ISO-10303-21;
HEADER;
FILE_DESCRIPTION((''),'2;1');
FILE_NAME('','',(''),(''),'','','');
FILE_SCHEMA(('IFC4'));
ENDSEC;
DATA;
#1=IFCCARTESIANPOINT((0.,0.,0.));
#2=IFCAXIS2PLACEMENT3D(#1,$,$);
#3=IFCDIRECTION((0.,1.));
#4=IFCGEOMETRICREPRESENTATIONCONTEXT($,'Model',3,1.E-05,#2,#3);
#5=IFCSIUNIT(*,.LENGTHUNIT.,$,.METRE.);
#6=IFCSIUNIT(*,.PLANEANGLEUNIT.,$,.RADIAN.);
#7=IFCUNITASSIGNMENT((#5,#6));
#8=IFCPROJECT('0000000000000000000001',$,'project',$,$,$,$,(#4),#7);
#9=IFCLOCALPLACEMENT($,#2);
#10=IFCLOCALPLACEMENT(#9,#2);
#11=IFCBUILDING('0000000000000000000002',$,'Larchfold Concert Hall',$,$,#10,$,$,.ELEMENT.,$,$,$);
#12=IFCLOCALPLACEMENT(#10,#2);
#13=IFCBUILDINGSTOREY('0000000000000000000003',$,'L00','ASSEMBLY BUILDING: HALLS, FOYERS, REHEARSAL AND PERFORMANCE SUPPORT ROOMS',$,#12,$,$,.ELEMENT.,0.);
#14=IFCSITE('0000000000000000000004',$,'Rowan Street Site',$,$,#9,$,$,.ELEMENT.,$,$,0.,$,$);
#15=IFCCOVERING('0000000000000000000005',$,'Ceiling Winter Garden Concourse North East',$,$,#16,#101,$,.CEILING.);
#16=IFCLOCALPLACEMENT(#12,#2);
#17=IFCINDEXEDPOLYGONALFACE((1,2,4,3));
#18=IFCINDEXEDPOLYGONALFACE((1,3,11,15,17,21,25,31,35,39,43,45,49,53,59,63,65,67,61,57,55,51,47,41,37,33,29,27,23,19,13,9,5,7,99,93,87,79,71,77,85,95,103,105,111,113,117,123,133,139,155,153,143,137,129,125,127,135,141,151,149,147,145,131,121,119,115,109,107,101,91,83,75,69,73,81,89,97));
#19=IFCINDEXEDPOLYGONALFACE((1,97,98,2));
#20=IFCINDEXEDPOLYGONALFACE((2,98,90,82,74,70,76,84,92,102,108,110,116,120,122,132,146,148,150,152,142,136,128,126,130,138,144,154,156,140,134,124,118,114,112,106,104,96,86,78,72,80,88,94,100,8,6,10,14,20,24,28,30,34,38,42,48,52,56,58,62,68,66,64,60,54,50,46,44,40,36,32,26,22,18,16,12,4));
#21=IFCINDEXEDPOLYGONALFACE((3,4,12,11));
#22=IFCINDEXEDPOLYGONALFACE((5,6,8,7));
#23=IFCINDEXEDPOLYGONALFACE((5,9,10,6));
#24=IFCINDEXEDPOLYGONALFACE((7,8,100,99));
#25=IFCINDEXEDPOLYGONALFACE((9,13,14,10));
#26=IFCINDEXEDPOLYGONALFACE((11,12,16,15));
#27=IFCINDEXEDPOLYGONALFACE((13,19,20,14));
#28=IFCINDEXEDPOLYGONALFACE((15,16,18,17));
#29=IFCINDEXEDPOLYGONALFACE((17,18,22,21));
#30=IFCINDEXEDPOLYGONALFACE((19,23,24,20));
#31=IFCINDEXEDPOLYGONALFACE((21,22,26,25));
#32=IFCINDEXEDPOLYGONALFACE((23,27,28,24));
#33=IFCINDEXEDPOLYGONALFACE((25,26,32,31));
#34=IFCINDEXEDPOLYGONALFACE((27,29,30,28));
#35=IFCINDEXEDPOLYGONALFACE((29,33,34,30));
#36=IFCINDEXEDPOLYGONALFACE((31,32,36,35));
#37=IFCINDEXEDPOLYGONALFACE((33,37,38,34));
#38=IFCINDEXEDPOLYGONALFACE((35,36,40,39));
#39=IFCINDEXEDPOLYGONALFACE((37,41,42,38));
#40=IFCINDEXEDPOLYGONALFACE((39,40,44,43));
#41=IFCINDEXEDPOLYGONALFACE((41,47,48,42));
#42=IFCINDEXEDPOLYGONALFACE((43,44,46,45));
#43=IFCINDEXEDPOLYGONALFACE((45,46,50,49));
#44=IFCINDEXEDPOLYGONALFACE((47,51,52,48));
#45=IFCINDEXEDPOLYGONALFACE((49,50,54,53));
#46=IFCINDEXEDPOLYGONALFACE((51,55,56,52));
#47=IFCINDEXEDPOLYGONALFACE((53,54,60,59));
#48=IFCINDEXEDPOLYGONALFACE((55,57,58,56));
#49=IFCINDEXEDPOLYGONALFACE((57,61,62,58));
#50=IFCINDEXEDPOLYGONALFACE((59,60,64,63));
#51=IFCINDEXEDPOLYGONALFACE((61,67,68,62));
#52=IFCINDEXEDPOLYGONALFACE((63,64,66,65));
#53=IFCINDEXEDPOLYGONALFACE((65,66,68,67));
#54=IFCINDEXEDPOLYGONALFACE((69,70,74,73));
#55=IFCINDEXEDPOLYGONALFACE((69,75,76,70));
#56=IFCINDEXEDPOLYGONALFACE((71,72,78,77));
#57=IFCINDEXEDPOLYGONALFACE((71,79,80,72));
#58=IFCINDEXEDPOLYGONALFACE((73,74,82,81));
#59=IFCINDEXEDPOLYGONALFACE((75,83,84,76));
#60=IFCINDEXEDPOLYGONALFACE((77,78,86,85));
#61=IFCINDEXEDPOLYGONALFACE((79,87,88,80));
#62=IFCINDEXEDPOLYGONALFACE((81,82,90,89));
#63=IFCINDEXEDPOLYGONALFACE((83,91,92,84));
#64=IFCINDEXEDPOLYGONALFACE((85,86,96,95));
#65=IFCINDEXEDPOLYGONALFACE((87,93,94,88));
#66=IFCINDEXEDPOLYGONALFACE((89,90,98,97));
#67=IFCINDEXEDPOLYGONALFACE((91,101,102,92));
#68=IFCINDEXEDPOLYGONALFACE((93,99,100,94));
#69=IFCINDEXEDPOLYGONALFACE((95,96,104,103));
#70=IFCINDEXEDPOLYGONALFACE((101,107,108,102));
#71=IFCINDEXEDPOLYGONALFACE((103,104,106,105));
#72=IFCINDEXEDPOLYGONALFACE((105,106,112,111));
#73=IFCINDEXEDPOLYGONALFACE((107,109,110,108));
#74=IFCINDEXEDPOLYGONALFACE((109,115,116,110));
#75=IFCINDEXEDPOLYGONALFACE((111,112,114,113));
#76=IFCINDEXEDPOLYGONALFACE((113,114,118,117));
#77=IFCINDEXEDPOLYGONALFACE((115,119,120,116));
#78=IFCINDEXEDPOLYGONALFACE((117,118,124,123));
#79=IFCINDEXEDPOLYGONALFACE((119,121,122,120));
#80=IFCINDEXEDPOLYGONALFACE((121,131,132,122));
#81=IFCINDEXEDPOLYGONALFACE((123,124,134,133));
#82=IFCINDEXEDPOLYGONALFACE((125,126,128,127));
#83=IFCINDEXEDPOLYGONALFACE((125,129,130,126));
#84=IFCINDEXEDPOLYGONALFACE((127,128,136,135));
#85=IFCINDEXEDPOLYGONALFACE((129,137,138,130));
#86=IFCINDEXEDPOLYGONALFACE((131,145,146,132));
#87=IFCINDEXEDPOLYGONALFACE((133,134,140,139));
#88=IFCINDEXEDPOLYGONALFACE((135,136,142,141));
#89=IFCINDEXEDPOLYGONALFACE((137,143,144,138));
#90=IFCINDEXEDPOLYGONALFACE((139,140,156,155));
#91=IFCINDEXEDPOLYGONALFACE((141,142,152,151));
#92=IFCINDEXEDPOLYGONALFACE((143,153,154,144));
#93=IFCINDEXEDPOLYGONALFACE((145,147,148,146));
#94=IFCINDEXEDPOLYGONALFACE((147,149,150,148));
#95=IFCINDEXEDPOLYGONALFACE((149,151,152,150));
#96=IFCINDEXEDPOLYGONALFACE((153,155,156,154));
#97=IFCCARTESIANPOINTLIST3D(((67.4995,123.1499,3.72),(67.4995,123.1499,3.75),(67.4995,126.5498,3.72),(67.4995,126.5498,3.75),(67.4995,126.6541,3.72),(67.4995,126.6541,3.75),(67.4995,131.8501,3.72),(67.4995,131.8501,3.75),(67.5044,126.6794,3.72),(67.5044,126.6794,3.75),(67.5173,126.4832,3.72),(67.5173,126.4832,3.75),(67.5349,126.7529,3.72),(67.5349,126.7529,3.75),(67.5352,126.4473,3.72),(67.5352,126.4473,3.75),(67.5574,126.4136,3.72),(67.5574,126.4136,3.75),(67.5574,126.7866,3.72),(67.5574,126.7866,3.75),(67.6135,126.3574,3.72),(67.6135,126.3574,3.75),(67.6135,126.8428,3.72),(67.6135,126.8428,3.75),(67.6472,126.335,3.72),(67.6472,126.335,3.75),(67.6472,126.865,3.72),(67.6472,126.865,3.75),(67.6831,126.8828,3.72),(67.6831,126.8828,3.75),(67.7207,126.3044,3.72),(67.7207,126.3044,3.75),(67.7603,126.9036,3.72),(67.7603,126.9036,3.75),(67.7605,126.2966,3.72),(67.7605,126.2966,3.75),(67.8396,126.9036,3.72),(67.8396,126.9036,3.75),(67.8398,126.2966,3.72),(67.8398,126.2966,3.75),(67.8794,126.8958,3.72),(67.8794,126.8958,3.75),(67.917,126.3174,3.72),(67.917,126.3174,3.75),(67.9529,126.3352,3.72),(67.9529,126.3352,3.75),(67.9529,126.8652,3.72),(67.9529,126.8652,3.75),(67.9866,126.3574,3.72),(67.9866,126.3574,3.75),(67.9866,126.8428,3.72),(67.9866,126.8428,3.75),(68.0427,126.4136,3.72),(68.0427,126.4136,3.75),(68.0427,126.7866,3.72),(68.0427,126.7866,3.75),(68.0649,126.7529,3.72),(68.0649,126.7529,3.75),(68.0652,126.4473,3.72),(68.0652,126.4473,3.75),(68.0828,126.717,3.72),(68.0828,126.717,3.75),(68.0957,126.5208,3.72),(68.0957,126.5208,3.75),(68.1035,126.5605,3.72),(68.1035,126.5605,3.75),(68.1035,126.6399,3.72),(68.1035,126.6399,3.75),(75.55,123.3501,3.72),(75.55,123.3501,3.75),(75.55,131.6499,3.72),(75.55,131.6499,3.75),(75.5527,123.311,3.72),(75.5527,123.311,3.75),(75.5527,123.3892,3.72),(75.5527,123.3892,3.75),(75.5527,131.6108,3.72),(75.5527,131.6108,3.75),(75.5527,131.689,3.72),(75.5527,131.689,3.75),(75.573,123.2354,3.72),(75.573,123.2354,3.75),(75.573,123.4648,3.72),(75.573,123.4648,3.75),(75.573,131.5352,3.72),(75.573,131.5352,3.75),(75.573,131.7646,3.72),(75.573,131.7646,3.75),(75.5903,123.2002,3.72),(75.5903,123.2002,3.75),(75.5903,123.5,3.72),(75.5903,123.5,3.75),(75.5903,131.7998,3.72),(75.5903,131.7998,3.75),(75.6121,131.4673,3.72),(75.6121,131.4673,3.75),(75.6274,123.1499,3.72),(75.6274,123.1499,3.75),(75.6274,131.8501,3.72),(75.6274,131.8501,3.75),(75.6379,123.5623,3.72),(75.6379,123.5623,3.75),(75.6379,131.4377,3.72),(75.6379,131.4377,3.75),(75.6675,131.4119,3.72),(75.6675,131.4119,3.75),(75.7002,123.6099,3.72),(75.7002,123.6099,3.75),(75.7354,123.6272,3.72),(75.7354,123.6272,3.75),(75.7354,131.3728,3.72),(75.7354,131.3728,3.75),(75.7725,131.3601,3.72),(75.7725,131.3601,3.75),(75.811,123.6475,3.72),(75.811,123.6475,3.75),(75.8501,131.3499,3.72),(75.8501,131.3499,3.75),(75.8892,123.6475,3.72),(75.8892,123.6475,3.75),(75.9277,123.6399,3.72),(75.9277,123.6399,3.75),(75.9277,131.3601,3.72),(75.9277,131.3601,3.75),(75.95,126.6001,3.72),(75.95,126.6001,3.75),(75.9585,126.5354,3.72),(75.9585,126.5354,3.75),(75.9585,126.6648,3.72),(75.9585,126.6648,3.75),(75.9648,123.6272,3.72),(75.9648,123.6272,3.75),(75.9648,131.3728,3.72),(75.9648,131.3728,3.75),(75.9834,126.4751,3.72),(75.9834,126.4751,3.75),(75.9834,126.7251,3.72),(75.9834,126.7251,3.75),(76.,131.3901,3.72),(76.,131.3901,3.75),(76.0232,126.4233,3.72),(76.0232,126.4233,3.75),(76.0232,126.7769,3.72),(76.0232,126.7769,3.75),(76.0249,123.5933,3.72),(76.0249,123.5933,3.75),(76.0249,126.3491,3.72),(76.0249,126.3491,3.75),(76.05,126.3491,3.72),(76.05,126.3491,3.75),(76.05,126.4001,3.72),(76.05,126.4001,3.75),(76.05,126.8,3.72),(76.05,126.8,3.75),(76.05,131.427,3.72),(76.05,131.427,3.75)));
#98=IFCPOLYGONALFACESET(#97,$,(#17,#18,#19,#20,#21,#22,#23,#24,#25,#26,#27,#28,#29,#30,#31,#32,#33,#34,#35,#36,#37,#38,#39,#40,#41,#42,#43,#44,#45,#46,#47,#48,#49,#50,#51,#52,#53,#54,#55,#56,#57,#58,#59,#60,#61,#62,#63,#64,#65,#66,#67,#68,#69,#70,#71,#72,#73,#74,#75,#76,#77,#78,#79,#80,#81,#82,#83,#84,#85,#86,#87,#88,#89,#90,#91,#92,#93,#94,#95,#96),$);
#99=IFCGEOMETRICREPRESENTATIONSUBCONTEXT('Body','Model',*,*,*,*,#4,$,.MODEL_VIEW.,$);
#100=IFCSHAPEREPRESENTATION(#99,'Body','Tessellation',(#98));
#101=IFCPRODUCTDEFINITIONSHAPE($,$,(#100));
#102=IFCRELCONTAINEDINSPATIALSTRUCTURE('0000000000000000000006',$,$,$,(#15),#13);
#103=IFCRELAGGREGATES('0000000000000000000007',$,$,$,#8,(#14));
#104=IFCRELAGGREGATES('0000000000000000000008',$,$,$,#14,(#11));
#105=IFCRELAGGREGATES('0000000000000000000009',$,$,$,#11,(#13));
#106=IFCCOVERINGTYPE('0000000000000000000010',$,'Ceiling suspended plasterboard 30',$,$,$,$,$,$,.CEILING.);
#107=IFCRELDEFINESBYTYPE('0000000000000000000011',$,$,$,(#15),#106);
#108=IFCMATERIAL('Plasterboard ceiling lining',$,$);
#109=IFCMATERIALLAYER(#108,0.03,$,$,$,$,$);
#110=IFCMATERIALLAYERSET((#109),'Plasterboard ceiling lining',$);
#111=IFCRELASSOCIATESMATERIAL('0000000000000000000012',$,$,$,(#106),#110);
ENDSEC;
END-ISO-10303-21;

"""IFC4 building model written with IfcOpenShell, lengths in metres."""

from ifc_helpers import new_model, si_unit, direction, frame, origin, place, context, subcontext, project, spatial, polyline, outline, extrude, material, layer, layer_set, type_object, element, save


model = new_model("IFC4")

# Units and contexts
model_context = context("Model", 3, precision=1e-05, world=origin(), true_north=direction((0.0, 1.0)))
body_context = subcontext(model_context, "Body", "Model", "MODEL_VIEW")
ifc_project = project(units=[si_unit("LENGTHUNIT", "METRE"), si_unit("PLANEANGLEUNIT", "RADIAN")], contexts=[model_context])

# Site, building, storey
site_placement = place(None, origin())
site = spatial("IfcSite", under=ifc_project, at=site_placement, Name="Rowan Street Site", CompositionType="ELEMENT", RefElevation=0.0)
building_placement = place(site_placement, origin())
building = spatial("IfcBuilding", under=site, at=building_placement, Name="Larchfold Concert Hall", CompositionType="ELEMENT")
storey_placement = place(building_placement, origin())
storey = spatial("IfcBuildingStorey", under=building, at=storey_placement, Name="L00", Description="ASSEMBLY BUILDING: HALLS, FOYERS, REHEARSAL AND PERFORMANCE SUPPORT ROOMS", CompositionType="ELEMENT", Elevation=0.0)

# Covering
ifc_material_1 = material(Name="Plasterboard ceiling lining")
ifc_layer_1 = layer(ifc_material_1, 0.03)
ifc_layer_set_1 = layer_set([ifc_layer_1], Name="Plasterboard ceiling lining")
covering_type_1 = type_object("IfcCoveringType", Name="Ceiling suspended plasterboard 30", PredefinedType="CEILING", material=ifc_layer_set_1)
covering_1_placement = place(storey_placement, frame((0.0, 0.0, 3.72)))
element("IfcCovering", 1, at=covering_1_placement, inside=storey, type_object=covering_type_1, Name="Ceiling Winter Garden Concourse North East", PredefinedType="CEILING", context=body_context, shape_type="SweptSolid", body=[
    extrude(outline(polyline([(75.6274, 131.8501), (67.4995, 131.8501), (67.4995, 126.6541), (67.5044, 126.6794), (67.5349, 126.7529), (67.5574, 126.7866), (67.6135, 126.8428), (67.6472, 126.865), (67.6831, 126.8828), (67.7603, 126.9036), (67.8396, 126.9036), (67.8794, 126.8958), (67.9529, 126.8652), (67.9866, 126.8428), (68.0427, 126.7866), (68.0649, 126.7529), (68.0828, 126.717), (68.1035, 126.6399), (68.1035, 126.5605), (68.0957, 126.5208), (68.0652, 126.4473), (68.0427, 126.4136), (67.9866, 126.3574), (67.9529, 126.3352), (67.917, 126.3174), (67.8398, 126.2966), (67.7605, 126.2966), (67.7207, 126.3044), (67.6472, 126.335), (67.6135, 126.3574), (67.5574, 126.4136), (67.5352, 126.4473), (67.5173, 126.4832), (67.4995, 126.5498), (67.4995, 123.1499), (75.6274, 123.1499), (75.5903, 123.2002), (75.573, 123.2354), (75.5527, 123.311), (75.55, 123.3501), (75.5527, 123.3892), (75.573, 123.4648), (75.5903, 123.5), (75.6379, 123.5623), (75.7002, 123.6099), (75.7354, 123.6272), (75.811, 123.6475), (75.8892, 123.6475), (75.9277, 123.6399), (75.9648, 123.6272), (76.0249, 123.5933), (76.0249, 126.3491), (76.05, 126.3491), (76.05, 126.4001), (76.0232, 126.4233), (75.9834, 126.4751), (75.9585, 126.5354), (75.95, 126.6001), (75.9585, 126.6648), (75.9834, 126.7251), (76.0232, 126.7769), (76.05, 126.8), (76.05, 131.427), (76.0, 131.3901), (75.9648, 131.3728), (75.9277, 131.3601), (75.8501, 131.3499), (75.7725, 131.3601), (75.7354, 131.3728), (75.6675, 131.4119), (75.6379, 131.4377), (75.6121, 131.4673), (75.573, 131.5352), (75.5527, 131.6108), (75.55, 131.6499), (75.5527, 131.689), (75.573, 131.7646), (75.5903, 131.7998), (75.6274, 131.8501)])), origin(), (0.0, 0.0, 1.0), 0.03),
])

save(model, "model.ifc")
